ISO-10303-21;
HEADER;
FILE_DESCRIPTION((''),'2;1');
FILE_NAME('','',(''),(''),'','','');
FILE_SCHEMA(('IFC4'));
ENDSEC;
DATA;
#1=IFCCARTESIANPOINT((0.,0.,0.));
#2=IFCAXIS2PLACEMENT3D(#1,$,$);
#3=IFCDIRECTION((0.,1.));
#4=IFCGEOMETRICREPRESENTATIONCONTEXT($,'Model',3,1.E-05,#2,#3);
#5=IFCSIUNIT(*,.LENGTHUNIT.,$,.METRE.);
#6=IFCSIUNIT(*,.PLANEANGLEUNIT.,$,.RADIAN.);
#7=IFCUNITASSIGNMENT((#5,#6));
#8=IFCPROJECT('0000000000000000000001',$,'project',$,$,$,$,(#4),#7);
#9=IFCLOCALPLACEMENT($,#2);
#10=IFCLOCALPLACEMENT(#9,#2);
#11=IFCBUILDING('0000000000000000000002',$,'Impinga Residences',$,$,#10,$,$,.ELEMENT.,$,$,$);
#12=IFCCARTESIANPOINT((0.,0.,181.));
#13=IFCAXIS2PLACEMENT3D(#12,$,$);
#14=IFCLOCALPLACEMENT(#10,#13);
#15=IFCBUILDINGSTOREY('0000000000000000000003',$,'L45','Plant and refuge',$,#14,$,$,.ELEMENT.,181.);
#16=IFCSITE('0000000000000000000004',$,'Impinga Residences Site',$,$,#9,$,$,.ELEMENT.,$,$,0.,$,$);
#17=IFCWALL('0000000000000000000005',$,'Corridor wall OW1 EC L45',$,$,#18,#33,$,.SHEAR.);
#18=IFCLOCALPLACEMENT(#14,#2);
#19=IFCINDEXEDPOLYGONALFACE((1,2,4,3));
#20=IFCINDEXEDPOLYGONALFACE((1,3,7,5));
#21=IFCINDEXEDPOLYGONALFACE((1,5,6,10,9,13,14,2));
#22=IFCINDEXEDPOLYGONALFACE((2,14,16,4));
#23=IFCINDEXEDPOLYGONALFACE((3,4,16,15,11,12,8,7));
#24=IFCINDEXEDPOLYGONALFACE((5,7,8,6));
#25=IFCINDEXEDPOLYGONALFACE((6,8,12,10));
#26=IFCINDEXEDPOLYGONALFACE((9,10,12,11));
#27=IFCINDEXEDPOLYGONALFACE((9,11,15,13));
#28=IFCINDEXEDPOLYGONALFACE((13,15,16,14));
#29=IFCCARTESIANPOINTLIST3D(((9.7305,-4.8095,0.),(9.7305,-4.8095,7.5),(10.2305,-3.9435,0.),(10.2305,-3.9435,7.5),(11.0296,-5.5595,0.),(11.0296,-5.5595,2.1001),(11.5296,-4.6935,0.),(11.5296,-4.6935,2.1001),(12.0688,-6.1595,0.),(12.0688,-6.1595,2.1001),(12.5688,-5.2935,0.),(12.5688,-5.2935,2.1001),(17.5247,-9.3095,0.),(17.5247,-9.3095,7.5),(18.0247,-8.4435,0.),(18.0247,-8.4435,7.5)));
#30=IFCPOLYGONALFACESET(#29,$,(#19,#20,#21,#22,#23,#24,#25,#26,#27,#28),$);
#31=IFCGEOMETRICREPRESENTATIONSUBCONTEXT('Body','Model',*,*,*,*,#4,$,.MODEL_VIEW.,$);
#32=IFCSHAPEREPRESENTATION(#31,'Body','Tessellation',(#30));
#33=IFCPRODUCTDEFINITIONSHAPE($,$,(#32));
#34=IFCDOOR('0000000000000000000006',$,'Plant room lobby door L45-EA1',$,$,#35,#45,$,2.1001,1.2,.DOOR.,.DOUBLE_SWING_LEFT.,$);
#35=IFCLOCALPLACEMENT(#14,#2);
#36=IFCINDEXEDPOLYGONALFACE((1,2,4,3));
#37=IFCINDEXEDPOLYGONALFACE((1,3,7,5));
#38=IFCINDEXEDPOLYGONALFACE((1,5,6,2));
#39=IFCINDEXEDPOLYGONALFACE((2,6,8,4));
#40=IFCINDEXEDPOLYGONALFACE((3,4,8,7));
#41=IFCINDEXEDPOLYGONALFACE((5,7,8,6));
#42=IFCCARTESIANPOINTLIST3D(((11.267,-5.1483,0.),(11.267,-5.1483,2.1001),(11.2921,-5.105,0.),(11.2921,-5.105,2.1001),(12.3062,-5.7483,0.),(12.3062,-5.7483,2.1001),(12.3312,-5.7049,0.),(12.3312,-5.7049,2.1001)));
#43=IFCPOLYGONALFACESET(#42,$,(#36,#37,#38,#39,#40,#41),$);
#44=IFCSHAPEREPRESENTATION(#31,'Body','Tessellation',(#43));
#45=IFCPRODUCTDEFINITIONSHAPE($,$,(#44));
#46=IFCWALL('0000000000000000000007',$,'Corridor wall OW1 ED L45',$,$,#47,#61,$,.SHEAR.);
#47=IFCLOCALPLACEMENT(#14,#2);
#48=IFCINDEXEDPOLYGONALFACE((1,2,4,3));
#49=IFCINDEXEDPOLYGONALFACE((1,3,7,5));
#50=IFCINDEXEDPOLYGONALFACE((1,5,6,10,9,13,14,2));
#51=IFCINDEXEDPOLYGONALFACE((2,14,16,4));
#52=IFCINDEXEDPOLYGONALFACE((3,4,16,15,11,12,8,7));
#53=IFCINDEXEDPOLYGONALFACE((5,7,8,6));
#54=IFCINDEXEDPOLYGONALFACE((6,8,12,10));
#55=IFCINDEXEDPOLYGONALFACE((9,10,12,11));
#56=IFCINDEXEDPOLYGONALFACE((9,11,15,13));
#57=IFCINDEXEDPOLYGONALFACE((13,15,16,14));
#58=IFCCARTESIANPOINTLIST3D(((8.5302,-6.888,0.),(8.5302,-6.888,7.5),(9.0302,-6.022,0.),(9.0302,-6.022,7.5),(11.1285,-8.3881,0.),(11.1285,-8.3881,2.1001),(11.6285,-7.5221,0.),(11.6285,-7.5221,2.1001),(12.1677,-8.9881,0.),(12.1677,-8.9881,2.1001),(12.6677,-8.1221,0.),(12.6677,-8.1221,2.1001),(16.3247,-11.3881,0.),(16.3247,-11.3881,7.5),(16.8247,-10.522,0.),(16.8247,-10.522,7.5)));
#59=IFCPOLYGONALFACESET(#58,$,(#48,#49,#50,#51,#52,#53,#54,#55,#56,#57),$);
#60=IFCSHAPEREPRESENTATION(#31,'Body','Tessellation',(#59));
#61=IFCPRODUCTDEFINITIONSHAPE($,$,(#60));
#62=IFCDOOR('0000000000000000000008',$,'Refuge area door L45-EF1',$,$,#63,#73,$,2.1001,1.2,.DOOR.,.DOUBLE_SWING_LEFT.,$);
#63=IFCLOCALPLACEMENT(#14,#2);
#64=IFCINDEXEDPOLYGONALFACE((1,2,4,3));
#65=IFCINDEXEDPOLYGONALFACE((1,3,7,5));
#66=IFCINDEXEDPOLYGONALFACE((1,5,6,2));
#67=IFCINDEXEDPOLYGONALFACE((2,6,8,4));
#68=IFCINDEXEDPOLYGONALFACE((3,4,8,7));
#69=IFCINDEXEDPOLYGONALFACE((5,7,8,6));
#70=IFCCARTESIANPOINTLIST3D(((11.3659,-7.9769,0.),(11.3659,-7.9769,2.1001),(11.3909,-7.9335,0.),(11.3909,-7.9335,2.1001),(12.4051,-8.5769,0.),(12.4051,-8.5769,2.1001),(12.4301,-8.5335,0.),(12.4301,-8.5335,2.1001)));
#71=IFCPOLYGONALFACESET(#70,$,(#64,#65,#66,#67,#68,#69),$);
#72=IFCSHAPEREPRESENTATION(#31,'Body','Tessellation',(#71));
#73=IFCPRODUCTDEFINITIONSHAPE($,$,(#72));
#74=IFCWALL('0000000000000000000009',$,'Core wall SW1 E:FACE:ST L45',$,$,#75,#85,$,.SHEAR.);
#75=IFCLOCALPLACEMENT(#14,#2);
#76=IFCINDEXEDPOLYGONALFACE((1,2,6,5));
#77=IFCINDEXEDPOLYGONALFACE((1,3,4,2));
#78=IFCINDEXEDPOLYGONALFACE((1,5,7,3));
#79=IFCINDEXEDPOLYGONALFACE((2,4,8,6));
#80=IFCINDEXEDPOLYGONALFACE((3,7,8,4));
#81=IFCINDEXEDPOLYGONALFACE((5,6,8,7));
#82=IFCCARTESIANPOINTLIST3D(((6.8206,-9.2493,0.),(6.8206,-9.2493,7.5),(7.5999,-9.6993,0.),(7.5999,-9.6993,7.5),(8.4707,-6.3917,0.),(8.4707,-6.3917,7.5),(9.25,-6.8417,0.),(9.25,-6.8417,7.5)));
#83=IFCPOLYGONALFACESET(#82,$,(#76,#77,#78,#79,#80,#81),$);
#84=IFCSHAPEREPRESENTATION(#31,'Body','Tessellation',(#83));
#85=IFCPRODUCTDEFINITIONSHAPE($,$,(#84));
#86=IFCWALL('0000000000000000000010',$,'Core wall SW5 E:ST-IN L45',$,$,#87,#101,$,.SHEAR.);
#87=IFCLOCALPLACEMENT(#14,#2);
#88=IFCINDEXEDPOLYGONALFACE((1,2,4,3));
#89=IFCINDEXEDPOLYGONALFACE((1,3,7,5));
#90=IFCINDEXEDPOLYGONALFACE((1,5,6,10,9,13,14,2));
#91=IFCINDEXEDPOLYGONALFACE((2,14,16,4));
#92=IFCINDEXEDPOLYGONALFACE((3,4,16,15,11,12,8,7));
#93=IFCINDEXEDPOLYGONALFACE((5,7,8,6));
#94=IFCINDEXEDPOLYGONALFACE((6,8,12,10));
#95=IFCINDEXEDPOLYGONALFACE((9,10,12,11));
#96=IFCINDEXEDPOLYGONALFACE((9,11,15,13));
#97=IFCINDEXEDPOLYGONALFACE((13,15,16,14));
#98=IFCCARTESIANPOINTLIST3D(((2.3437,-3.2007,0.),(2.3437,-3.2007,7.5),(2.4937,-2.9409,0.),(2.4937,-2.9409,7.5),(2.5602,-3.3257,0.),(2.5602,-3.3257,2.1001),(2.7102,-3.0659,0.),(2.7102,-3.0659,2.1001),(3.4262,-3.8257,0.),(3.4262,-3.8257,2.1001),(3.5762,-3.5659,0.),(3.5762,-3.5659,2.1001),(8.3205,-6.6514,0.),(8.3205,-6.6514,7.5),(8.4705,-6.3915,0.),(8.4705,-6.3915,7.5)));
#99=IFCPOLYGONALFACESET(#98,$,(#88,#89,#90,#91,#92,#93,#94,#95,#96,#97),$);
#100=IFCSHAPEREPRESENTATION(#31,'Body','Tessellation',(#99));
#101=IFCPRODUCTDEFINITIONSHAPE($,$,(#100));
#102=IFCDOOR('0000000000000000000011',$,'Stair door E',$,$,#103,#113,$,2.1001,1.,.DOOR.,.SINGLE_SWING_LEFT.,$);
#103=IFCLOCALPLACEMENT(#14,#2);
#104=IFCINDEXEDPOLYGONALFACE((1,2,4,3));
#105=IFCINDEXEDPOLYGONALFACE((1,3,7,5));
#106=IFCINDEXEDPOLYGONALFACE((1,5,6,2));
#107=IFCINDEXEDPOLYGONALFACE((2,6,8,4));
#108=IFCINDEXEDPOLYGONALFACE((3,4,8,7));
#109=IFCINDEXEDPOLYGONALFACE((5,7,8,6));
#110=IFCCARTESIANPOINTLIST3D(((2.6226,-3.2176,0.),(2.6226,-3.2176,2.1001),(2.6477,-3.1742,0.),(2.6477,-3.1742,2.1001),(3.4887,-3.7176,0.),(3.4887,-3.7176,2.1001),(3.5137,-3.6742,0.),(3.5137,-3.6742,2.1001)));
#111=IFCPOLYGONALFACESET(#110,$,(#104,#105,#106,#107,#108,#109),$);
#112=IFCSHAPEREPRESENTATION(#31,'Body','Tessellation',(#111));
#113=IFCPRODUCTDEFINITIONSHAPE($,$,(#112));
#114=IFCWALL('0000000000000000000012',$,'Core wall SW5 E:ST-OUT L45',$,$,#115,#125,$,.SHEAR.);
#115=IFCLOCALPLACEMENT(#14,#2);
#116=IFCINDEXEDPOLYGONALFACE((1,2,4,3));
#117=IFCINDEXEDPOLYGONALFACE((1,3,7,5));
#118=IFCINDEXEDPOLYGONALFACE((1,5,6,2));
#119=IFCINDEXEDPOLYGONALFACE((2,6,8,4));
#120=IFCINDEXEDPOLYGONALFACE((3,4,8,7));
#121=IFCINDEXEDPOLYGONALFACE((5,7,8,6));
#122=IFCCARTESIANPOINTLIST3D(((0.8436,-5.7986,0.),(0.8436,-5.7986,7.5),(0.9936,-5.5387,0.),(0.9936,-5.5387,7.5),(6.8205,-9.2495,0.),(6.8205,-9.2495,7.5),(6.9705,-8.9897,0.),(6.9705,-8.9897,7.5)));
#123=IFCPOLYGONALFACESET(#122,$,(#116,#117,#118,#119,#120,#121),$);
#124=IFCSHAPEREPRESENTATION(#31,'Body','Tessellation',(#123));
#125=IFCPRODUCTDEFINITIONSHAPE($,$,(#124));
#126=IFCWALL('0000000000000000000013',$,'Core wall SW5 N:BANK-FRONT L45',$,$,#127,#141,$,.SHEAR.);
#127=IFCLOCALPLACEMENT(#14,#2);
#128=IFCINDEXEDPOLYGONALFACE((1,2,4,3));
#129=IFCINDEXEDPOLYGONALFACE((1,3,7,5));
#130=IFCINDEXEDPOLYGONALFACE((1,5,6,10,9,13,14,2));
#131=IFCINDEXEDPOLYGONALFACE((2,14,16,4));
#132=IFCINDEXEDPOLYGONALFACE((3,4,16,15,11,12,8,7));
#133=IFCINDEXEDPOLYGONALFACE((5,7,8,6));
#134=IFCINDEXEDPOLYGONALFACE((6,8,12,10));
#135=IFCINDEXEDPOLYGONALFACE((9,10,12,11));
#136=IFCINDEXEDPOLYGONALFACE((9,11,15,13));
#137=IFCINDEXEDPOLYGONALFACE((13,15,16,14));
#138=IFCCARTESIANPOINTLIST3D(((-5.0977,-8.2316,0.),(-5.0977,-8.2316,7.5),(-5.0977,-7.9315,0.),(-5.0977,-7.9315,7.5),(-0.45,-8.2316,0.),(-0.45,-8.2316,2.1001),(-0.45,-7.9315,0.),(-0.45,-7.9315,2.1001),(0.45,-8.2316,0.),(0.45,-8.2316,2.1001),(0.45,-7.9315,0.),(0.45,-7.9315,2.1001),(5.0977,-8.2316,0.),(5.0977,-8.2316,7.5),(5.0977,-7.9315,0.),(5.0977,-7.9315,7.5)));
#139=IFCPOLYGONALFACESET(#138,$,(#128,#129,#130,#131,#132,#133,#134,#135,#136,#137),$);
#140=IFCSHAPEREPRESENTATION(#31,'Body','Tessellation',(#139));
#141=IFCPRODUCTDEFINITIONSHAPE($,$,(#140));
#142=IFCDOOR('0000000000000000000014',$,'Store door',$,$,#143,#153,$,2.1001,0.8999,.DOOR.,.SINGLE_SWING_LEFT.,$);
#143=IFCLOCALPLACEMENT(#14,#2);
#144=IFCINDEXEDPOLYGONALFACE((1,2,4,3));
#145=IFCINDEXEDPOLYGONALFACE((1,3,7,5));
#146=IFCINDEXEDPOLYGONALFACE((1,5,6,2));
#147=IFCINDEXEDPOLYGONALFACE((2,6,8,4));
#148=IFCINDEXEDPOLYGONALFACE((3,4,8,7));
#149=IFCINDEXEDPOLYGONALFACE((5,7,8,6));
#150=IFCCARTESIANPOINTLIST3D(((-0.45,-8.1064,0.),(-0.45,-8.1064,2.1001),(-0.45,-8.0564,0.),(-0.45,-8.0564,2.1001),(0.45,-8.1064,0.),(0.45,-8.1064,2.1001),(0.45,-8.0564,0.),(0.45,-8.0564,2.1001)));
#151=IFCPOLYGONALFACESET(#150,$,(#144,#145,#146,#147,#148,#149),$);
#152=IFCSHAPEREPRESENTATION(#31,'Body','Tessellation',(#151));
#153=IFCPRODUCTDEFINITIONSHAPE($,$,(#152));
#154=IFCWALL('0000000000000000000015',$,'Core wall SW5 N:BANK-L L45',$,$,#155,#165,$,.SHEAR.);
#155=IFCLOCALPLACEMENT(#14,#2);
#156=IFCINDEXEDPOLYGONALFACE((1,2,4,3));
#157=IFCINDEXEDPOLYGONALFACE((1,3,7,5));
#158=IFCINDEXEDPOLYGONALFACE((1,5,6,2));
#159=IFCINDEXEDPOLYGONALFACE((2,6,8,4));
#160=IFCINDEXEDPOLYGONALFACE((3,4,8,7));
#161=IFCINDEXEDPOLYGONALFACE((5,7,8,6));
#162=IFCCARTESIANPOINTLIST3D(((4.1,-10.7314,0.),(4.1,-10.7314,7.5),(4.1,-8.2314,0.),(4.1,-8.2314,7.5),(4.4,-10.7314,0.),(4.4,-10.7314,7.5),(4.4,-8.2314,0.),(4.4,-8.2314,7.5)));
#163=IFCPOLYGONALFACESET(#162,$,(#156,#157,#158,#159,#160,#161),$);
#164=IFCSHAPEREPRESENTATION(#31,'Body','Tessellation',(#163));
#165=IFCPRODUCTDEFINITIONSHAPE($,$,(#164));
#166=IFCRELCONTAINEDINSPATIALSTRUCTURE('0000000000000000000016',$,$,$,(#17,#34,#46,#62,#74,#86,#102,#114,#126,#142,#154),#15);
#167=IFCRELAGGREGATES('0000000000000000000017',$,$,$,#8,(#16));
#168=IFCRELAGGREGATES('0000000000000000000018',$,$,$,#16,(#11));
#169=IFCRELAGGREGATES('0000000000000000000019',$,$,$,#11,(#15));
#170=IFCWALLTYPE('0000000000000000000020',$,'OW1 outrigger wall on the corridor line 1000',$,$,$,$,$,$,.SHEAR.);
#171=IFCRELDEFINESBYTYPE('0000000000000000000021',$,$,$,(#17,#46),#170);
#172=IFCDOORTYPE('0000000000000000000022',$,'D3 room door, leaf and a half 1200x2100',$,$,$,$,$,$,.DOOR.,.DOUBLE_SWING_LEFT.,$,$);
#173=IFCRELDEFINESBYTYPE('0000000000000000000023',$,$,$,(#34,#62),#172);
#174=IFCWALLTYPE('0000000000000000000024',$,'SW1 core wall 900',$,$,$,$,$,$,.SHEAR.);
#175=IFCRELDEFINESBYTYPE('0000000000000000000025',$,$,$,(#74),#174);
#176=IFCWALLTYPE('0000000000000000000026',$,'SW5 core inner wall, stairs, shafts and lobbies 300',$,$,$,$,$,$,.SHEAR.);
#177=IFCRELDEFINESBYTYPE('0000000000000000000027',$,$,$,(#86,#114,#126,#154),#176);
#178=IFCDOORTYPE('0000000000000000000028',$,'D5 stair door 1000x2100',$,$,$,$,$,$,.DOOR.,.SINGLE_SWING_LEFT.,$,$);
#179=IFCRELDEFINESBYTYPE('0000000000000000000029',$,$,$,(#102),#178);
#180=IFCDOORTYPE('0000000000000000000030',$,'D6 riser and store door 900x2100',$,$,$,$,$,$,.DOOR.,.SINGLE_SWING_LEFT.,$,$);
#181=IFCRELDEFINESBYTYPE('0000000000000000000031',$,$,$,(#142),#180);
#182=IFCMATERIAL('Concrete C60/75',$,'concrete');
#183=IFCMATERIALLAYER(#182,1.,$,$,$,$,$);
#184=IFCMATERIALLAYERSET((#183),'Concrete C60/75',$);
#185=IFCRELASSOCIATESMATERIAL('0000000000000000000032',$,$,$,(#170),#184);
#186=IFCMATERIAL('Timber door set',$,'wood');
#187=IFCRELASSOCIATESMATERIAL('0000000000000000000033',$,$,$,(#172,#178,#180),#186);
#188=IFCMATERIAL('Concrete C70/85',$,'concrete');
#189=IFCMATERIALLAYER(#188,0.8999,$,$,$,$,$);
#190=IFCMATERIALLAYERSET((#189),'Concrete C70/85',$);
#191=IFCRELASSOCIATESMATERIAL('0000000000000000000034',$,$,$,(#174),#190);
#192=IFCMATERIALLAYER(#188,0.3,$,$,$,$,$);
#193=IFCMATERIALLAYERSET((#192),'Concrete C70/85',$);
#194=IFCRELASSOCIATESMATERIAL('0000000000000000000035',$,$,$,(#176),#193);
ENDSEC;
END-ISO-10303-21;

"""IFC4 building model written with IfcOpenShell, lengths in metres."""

from ifc_helpers import new_model, si_unit, direction, frame, frame_2d, origin, place, context, subcontext, project, spatial, rectangle, extrude, material, layer, layer_set, type_object, element, fill, save


model = new_model("IFC4")

# Units and contexts
model_context = context("Model", 3, precision=1e-05, world=origin(), true_north=direction((0.0, 1.0)))
body_context = subcontext(model_context, "Body", "Model", "MODEL_VIEW")
ifc_project = project(units=[si_unit("LENGTHUNIT", "METRE"), si_unit("PLANEANGLEUNIT", "RADIAN")], contexts=[model_context])

# Site, building, storey
site_placement = place(None, origin())
site = spatial("IfcSite", under=ifc_project, at=site_placement, Name="Impinga Residences Site", CompositionType="ELEMENT", RefElevation=0.0)
building_placement = place(site_placement, origin())
building = spatial("IfcBuilding", under=site, at=building_placement, Name="Impinga Residences", CompositionType="ELEMENT")
storey_placement = place(building_placement, frame((0.0, 0.0, 181.0)))
storey = spatial("IfcBuildingStorey", under=building, at=storey_placement, Name="L45", Description="Plant and refuge", CompositionType="ELEMENT", Elevation=181.0)

# Walls, openings, doors
ifc_material_1 = material(Name="Concrete C60/75", Category="concrete")
ifc_layer_1 = layer(ifc_material_1, 1.0)
ifc_layer_set_1 = layer_set([ifc_layer_1], Name="Concrete C60/75")
wall_type_1 = type_object("IfcWallType", Name="OW1 outrigger wall on the corridor line 1000", PredefinedType="SHEAR", material=ifc_layer_set_1)
wall_1_placement = place(storey_placement, frame((9.9805, -4.3765, 0.0), z_axis=(0.0, 0.0, 1.0), x_axis=(0.866024, -0.500002, 0.0)))
wall_1 = element("IfcWall", 1, at=wall_1_placement, inside=storey, type_object=wall_type_1, Name="Corridor wall OW1 EC L45", PredefinedType="SHEAR", context=body_context, shape_type="SweptSolid", body=[
    extrude(rectangle(XDim=9.0, YDim=1.0, at=frame_2d((4.5, 0.0))), origin(), (0.0, 0.0, 1.0), 7.5),
])
opening_1_placement = place(wall_1_placement, frame((1.5, 0.0, 0.0)))
opening_1 = element("IfcOpeningElement", 2, at=opening_1_placement, cuts=wall_1, PredefinedType="OPENING", context=body_context, shape_type="SweptSolid", body=[
    extrude(rectangle(XDim=1.2, YDim=2.1001, at=frame_2d((0.6001, 1.05))), frame((0.0, 0.51, 0.0), z_axis=(0.0, -1.0, 0.0), x_axis=(1.0, 0.0, 0.0)), (0.0, 0.0, 1.0), 1.02),
])
ifc_material_2 = material(Name="Timber door set", Category="wood")
door_type_1 = type_object("IfcDoorType", Name="D3 room door, leaf and a half 1200x2100", OperationType="DOUBLE_SWING_LEFT", PredefinedType="DOOR", material=ifc_material_2)
door_1_placement = place(opening_1_placement, origin())
door_1 = element("IfcDoor", 3, at=door_1_placement, inside=storey, type_object=door_type_1, Name="Plant room lobby door L45-EA1", OperationType="DOUBLE_SWING_LEFT", OverallHeight=2.1001, OverallWidth=1.2, PredefinedType="DOOR", context=body_context, shape_type="SweptSolid", body=[
    extrude(rectangle(XDim=1.2, YDim=2.1001, at=frame_2d((0.6001, 1.05))), frame((0.0, 0.0249, 0.0), z_axis=(0.0, -1.0, 0.0), x_axis=(1.0, 0.0, 0.0)), (0.0, 0.0, 1.0), 0.05),
])
fill(opening_1, door_1)
wall_2_placement = place(storey_placement, frame((8.7803, -6.4551, 0.0), z_axis=(0.0, 0.0, 1.0), x_axis=(0.866031, -0.49999, 0.0)))
wall_2 = element("IfcWall", 4, at=wall_2_placement, inside=storey, type_object=wall_type_1, Name="Corridor wall OW1 ED L45", PredefinedType="SHEAR", context=body_context, shape_type="SweptSolid", body=[
    extrude(rectangle(XDim=9.0002, YDim=1.0, at=frame_2d((4.5, 0.0))), origin(), (0.0, 0.0, 1.0), 7.5),
])
opening_2_placement = place(wall_2_placement, frame((3.0, 0.0, 0.0)))
opening_2 = element("IfcOpeningElement", 5, at=opening_2_placement, cuts=wall_2, PredefinedType="OPENING", context=body_context, shape_type="SweptSolid", body=[
    extrude(rectangle(XDim=1.2, YDim=2.1001, at=frame_2d((0.6001, 1.05))), frame((0.0, 0.51, 0.0), z_axis=(0.0, -1.0, 0.0), x_axis=(1.0, 0.0, 0.0)), (0.0, 0.0, 1.0), 1.02),
])
door_2_placement = place(opening_2_placement, origin())
door_2 = element("IfcDoor", 6, at=door_2_placement, inside=storey, type_object=door_type_1, Name="Refuge area door L45-EF1", OperationType="DOUBLE_SWING_LEFT", OverallHeight=2.1001, OverallWidth=1.2, PredefinedType="DOOR", context=body_context, shape_type="SweptSolid", body=[
    extrude(rectangle(XDim=1.2, YDim=2.1001, at=frame_2d((0.6001, 1.05))), frame((0.0, 0.0249, 0.0), z_axis=(0.0, -1.0, 0.0), x_axis=(1.0, 0.0, 0.0)), (0.0, 0.0, 1.0), 0.05),
])
fill(opening_2, door_2)

# Wall
ifc_material_3 = material(Name="Concrete C70/85", Category="concrete")
ifc_layer_2 = layer(ifc_material_3, 0.8999)
ifc_layer_set_2 = layer_set([ifc_layer_2], Name="Concrete C70/85")
wall_type_2 = type_object("IfcWallType", Name="SW1 core wall 900", PredefinedType="SHEAR", material=ifc_layer_set_2)
wall_3_placement = place(storey_placement, frame((8.8604, -6.6167, 0.0), z_axis=(0.0, 0.0, 1.0), x_axis=(-0.500062, -0.86599, 0.0)))
element("IfcWall", 7, at=wall_3_placement, inside=storey, type_object=wall_type_2, Name="Core wall SW1 E:FACE:ST L45", PredefinedType="SHEAR", context=body_context, shape_type="SweptSolid", body=[
    extrude(rectangle(XDim=3.2998, YDim=0.8999, at=frame_2d((1.6499, 0.0))), origin(), (0.0, 0.0, 1.0), 7.5),
])

# Wall, opening, door
ifc_layer_3 = layer(ifc_material_3, 0.3)
ifc_layer_set_3 = layer_set([ifc_layer_3], Name="Concrete C70/85")
wall_type_3 = type_object("IfcWallType", Name="SW5 core inner wall, stairs, shafts and lobbies 300", PredefinedType="SHEAR", material=ifc_layer_set_3)
wall_4_placement = place(storey_placement, frame((2.4187, -3.0708, 0.0), z_axis=(0.0, 0.0, 1.0), x_axis=(0.866027, -0.499997, 0.0)))
wall_4 = element("IfcWall", 8, at=wall_4_placement, inside=storey, type_object=wall_type_3, Name="Core wall SW5 E:ST-IN L45", PredefinedType="SHEAR", context=body_context, shape_type="SweptSolid", body=[
    extrude(rectangle(XDim=6.9014, YDim=0.3, at=frame_2d((3.4507, 0.0))), origin(), (0.0, 0.0, 1.0), 7.5),
])
opening_3_placement = place(wall_4_placement, frame((0.25, 0.0, 0.0)))
opening_3 = element("IfcOpeningElement", 9, at=opening_3_placement, cuts=wall_4, PredefinedType="OPENING", context=body_context, shape_type="SweptSolid", body=[
    extrude(rectangle(XDim=1.0, YDim=2.1001, at=frame_2d((0.5, 1.05))), frame((0.0, 0.1599, 0.0), z_axis=(0.0, -1.0, 0.0), x_axis=(1.0, 0.0, 0.0)), (0.0, 0.0, 1.0), 0.3201),
])
door_type_2 = type_object("IfcDoorType", Name="D5 stair door 1000x2100", OperationType="SINGLE_SWING_LEFT", PredefinedType="DOOR", material=ifc_material_2)
door_3_placement = place(opening_3_placement, origin())
door_3 = element("IfcDoor", 10, at=door_3_placement, inside=storey, type_object=door_type_2, Name="Stair door E", OperationType="SINGLE_SWING_LEFT", OverallHeight=2.1001, OverallWidth=1.0, PredefinedType="DOOR", context=body_context, shape_type="SweptSolid", body=[
    extrude(rectangle(XDim=1.0, YDim=2.1001, at=frame_2d((0.5, 1.05))), frame((0.0, 0.0249, 0.0), z_axis=(0.0, -1.0, 0.0), x_axis=(1.0, 0.0, 0.0)), (0.0, 0.0, 1.0), 0.05),
])
fill(opening_3, door_3)

# Wall
wall_5_placement = place(storey_placement, frame((0.9187, -5.6687, 0.0), z_axis=(0.0, 0.0, 1.0), x_axis=(0.866012, -0.500024, 0.0)))
element("IfcWall", 11, at=wall_5_placement, inside=storey, type_object=wall_type_3, Name="Core wall SW5 E:ST-OUT L45", PredefinedType="SHEAR", context=body_context, shape_type="SweptSolid", body=[
    extrude(rectangle(XDim=6.9016, YDim=0.3, at=frame_2d((3.4507, 0.0))), origin(), (0.0, 0.0, 1.0), 7.5),
])

# Wall, opening, door
wall_6_placement = place(storey_placement, frame((5.0977, -8.0815, 0.0), z_axis=(0.0, 0.0, 1.0), x_axis=(-1.0, 0.0, 0.0)))
wall_6 = element("IfcWall", 12, at=wall_6_placement, inside=storey, type_object=wall_type_3, Name="Core wall SW5 N:BANK-FRONT L45", PredefinedType="SHEAR", context=body_context, shape_type="SweptSolid", body=[
    extrude(rectangle(XDim=10.1953, YDim=0.3, at=frame_2d((5.0977, 0.0))), origin(), (0.0, 0.0, 1.0), 7.5),
])
opening_4_placement = place(wall_6_placement, frame((4.6477, 0.0, 0.0)))
opening_4 = element("IfcOpeningElement", 13, at=opening_4_placement, cuts=wall_6, PredefinedType="OPENING", context=body_context, shape_type="SweptSolid", body=[
    extrude(rectangle(XDim=0.8999, YDim=2.1001, at=frame_2d((0.45, 1.05))), frame((0.0, 0.1599, 0.0), z_axis=(0.0, -1.0, 0.0), x_axis=(1.0, 0.0, 0.0)), (0.0, 0.0, 1.0), 0.3201),
])
door_type_3 = type_object("IfcDoorType", Name="D6 riser and store door 900x2100", OperationType="SINGLE_SWING_LEFT", PredefinedType="DOOR", material=ifc_material_2)
door_4_placement = place(opening_4_placement, origin())
door_4 = element("IfcDoor", 14, at=door_4_placement, inside=storey, type_object=door_type_3, Name="Store door", OperationType="SINGLE_SWING_LEFT", OverallHeight=2.1001, OverallWidth=0.8999, PredefinedType="DOOR", context=body_context, shape_type="SweptSolid", body=[
    extrude(rectangle(XDim=0.8999, YDim=2.1001, at=frame_2d((0.45, 1.05))), frame((0.0, 0.0249, 0.0), z_axis=(0.0, -1.0, 0.0), x_axis=(1.0, 0.0, 0.0)), (0.0, 0.0, 1.0), 0.05),
])
fill(opening_4, door_4)

# Wall
wall_7_placement = place(storey_placement, frame((4.25, -8.2314, 0.0), z_axis=(0.0, 0.0, 1.0), x_axis=(0.0, -1.0, 0.0)))
element("IfcWall", 15, at=wall_7_placement, inside=storey, type_object=wall_type_3, Name="Core wall SW5 N:BANK-L L45", PredefinedType="SHEAR", context=body_context, shape_type="SweptSolid", body=[
    extrude(rectangle(XDim=2.5, YDim=0.3, at=frame_2d((1.25, 0.0))), origin(), (0.0, 0.0, 1.0), 7.5),
])

save(model, "model.ifc")
